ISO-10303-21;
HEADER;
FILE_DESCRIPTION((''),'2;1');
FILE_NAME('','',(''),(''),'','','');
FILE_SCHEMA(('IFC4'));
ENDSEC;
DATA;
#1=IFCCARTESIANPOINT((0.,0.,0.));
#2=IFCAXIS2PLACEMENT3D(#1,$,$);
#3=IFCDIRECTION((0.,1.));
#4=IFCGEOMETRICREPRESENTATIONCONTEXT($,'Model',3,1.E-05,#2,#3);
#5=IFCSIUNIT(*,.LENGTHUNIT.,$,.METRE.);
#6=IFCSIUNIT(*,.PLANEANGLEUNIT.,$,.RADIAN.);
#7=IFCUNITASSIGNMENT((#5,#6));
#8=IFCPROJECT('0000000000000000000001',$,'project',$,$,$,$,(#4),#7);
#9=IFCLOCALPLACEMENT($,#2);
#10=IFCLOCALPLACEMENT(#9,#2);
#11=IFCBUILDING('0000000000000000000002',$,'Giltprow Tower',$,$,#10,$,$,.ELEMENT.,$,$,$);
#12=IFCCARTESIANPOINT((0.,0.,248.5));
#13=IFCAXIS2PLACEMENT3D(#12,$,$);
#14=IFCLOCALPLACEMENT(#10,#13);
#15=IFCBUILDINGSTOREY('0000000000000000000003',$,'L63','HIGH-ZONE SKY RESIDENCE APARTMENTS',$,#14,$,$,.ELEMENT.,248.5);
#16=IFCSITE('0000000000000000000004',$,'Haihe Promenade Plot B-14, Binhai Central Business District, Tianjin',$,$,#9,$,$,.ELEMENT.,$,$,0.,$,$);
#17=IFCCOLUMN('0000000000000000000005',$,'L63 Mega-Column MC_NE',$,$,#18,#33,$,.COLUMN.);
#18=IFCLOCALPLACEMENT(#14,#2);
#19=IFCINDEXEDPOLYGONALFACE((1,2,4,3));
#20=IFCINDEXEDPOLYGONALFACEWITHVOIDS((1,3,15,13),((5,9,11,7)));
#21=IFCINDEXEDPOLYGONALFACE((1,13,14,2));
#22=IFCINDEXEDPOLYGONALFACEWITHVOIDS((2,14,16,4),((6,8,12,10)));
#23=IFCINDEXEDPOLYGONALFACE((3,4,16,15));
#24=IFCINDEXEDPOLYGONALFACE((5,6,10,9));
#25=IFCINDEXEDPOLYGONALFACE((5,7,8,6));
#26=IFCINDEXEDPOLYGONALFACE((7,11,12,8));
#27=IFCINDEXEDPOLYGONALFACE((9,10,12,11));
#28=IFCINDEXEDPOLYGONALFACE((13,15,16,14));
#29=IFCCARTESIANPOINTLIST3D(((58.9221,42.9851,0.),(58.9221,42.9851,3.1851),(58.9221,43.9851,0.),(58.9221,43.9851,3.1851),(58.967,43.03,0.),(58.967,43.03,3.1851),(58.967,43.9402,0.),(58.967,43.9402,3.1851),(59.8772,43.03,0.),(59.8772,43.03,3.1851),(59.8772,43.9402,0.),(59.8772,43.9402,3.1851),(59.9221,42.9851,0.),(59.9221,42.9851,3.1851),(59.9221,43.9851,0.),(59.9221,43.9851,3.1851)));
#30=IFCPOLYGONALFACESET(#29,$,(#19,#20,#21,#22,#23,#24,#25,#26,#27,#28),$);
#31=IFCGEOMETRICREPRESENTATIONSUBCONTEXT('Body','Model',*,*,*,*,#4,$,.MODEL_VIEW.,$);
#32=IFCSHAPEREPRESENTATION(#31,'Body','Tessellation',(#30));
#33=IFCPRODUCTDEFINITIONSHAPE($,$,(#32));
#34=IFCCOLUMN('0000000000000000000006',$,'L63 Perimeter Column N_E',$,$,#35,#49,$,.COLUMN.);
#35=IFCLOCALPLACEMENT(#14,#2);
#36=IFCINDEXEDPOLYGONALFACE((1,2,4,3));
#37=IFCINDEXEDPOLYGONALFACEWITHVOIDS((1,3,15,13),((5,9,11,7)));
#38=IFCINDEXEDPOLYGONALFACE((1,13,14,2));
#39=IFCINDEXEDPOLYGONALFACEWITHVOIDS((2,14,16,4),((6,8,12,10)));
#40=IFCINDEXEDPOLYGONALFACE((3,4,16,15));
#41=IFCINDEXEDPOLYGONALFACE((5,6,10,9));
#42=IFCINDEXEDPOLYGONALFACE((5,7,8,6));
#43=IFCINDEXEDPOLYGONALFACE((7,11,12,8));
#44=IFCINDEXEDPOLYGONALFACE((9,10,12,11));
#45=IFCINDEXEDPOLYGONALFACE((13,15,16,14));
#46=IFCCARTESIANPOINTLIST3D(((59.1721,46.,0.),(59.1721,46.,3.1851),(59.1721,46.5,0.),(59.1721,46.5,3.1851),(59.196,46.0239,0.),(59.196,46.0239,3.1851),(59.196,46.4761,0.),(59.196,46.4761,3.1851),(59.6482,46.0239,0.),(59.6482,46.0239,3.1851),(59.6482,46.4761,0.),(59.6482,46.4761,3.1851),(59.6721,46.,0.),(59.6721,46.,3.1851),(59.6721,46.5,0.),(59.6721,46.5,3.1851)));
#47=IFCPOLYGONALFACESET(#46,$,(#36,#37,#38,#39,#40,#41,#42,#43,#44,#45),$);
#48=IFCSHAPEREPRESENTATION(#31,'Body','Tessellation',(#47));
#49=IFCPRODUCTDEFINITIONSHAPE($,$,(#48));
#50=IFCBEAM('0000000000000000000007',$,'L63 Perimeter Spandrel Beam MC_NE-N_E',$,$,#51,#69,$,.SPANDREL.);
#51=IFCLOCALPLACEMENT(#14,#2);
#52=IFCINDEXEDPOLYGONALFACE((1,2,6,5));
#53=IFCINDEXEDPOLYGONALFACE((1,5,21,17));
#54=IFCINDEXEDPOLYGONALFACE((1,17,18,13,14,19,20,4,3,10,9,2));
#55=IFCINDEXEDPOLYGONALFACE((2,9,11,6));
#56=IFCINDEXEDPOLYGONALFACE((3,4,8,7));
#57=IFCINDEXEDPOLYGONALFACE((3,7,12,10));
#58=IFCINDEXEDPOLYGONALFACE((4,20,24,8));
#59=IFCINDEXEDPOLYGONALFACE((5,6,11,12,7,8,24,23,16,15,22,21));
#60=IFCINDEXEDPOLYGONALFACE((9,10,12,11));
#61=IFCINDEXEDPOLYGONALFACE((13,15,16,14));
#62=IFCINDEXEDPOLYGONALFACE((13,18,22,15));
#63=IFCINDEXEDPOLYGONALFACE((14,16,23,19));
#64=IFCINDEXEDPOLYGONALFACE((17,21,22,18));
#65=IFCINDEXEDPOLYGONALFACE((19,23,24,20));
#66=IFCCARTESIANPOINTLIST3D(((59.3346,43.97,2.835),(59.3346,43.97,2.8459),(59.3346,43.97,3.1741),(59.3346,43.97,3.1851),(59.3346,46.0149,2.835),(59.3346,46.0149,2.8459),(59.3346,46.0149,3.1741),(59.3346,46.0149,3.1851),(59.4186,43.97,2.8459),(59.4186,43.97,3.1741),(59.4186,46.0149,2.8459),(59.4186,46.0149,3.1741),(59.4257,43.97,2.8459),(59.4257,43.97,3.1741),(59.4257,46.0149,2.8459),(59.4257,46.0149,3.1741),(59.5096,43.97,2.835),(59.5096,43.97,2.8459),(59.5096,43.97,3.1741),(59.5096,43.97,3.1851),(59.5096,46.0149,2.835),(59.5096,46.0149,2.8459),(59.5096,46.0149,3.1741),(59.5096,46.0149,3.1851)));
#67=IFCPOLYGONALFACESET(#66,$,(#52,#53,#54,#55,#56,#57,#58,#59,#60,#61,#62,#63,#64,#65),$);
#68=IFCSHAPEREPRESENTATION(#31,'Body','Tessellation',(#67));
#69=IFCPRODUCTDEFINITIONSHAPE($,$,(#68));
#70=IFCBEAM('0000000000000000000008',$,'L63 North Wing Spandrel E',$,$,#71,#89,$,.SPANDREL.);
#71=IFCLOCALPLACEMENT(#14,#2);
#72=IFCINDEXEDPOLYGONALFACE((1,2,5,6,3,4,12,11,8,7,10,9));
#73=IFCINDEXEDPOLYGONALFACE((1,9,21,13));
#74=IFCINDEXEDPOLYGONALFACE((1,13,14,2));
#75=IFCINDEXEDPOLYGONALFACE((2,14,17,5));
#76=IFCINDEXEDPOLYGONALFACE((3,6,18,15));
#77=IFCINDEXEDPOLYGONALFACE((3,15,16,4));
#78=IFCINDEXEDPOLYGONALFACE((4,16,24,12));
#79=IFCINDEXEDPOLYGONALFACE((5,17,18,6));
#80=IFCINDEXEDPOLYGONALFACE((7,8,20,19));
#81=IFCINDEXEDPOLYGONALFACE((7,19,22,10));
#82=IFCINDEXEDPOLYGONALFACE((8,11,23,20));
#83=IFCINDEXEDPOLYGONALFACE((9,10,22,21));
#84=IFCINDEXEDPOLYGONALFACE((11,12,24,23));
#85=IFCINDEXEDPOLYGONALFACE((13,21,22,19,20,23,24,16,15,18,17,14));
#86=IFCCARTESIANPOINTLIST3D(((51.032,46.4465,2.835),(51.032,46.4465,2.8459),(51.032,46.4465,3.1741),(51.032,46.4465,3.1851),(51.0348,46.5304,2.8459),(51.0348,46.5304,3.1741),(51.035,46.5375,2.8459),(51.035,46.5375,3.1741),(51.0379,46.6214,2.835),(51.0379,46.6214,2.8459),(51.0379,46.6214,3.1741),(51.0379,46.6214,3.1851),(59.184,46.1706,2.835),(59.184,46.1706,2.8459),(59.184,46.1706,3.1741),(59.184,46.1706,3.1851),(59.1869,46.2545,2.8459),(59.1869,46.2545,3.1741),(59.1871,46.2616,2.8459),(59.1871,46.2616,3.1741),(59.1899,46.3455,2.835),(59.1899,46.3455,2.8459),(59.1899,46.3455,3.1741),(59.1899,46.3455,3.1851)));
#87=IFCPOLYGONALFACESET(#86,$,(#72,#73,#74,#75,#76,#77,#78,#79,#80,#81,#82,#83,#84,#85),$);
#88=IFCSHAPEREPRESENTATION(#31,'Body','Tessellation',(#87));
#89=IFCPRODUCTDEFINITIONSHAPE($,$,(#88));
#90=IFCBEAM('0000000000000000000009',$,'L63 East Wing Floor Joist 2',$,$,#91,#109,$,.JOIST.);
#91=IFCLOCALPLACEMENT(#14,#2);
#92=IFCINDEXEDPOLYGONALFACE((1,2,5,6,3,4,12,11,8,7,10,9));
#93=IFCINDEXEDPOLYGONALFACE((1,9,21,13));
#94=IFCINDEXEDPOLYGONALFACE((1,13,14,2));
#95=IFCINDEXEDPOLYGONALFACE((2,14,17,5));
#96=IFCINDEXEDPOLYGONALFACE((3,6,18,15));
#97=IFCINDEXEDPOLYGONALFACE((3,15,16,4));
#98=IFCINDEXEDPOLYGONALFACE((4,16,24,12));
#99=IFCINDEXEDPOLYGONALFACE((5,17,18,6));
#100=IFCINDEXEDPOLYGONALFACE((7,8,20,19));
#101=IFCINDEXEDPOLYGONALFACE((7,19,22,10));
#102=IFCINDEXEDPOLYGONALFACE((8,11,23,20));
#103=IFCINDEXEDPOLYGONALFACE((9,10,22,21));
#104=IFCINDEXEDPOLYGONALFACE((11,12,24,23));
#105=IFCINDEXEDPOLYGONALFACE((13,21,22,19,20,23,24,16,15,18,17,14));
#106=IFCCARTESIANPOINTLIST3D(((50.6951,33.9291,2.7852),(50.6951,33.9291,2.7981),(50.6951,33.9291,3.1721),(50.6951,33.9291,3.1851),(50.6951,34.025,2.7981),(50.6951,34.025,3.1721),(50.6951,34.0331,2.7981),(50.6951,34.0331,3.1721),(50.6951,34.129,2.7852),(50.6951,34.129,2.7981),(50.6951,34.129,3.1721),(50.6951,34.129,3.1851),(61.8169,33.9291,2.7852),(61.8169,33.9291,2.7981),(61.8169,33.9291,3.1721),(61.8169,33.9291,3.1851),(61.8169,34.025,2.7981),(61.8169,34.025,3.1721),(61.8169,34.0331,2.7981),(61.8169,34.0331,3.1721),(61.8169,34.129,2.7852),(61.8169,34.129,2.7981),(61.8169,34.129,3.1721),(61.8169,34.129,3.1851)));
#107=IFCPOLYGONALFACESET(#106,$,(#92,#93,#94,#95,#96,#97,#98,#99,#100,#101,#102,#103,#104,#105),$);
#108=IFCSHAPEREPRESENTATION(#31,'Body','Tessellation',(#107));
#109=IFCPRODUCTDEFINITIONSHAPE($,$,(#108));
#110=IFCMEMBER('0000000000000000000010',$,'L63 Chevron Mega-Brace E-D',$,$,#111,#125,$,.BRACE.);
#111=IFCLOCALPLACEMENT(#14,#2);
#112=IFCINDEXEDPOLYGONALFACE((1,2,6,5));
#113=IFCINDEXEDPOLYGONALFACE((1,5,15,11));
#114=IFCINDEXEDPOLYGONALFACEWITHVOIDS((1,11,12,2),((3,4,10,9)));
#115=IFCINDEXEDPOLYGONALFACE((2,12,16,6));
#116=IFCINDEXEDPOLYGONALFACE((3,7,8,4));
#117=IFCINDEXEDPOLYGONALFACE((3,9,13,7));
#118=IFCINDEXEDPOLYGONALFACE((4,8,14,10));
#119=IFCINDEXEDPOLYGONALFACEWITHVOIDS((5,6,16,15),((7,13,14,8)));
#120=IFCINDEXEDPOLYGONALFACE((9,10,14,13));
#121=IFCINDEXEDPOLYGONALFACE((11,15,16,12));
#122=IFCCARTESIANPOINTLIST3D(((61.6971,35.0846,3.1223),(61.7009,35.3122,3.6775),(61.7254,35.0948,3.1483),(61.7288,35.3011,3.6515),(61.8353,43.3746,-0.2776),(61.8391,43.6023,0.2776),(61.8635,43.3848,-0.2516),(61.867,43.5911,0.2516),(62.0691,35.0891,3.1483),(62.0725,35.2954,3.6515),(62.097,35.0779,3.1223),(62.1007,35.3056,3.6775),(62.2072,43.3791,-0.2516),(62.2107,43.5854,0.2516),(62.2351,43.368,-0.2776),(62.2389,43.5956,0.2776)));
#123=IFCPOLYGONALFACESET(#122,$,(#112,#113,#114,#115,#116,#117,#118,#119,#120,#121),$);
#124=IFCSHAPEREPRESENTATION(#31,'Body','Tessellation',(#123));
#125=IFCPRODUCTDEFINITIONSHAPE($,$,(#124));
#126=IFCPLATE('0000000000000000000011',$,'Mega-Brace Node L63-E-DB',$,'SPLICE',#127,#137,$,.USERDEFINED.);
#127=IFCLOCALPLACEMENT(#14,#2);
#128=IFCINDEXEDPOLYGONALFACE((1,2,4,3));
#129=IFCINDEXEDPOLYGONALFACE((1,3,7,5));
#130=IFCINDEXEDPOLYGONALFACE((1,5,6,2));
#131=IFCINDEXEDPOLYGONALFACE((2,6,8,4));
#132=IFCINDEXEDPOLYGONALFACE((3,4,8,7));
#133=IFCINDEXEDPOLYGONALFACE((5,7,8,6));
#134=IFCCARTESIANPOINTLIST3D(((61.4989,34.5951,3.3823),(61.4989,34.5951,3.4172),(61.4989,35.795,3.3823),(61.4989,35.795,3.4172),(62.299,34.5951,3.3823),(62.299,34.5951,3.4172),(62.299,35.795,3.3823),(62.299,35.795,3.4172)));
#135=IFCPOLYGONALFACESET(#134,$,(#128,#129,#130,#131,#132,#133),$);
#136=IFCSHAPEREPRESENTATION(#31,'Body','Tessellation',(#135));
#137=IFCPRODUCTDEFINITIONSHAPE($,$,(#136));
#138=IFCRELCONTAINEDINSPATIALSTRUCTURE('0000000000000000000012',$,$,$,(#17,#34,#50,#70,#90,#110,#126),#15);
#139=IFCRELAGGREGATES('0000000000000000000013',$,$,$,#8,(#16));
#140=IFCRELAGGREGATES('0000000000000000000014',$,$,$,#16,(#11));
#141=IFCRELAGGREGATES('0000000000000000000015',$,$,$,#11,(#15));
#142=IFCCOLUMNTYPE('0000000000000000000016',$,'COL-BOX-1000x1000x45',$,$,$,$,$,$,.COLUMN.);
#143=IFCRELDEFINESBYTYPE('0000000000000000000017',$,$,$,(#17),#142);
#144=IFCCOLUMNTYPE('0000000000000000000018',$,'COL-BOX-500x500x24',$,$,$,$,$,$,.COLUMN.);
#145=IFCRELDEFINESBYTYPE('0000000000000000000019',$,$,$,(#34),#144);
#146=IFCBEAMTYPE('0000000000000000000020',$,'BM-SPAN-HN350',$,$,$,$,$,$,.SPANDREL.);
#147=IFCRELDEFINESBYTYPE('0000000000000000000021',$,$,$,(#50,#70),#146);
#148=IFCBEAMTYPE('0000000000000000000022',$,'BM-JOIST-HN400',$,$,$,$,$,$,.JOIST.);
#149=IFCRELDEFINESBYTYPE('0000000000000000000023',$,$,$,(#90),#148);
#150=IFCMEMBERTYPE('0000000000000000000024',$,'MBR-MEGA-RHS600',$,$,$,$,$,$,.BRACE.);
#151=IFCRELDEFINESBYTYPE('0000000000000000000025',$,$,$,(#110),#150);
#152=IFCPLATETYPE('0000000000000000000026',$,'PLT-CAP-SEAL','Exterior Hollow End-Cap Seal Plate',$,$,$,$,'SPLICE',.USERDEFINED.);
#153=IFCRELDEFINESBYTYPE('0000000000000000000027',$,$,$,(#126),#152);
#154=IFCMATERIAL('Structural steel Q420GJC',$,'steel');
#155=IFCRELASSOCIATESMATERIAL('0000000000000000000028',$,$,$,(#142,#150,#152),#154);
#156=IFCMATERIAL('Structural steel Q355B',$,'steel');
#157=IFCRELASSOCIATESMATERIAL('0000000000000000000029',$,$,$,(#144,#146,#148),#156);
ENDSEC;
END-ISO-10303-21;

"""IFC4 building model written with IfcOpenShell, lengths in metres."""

from ifc_helpers import new_model, si_unit, direction, frame, origin, origin_2d, place, context, subcontext, project, spatial, rectangle, hollow_rectangle, i_section, extrude, source, transform, mapped, material, material_profile, profile_set, type_object, element, save


model = new_model("IFC4")

# Units and contexts
model_context = context("Model", 3, precision=1e-05, world=origin(), true_north=direction((0.0, 1.0)))
body_context = subcontext(model_context, "Body", "Model", "MODEL_VIEW")
ifc_project = project(units=[si_unit("LENGTHUNIT", "METRE"), si_unit("PLANEANGLEUNIT", "RADIAN")], contexts=[model_context])

# Site, building, storey
site_placement = place(None, origin())
site = spatial("IfcSite", under=ifc_project, at=site_placement, Name="Haihe Promenade Plot B-14, Binhai Central Business District, Tianjin", CompositionType="ELEMENT", RefElevation=0.0)
building_placement = place(site_placement, origin())
building = spatial("IfcBuilding", under=site, at=building_placement, Name="Giltprow Tower", CompositionType="ELEMENT")
storey_placement = place(building_placement, frame((0.0, 0.0, 248.5)))
storey = spatial("IfcBuildingStorey", under=building, at=storey_placement, Name="L63", Description="HIGH-ZONE SKY RESIDENCE APARTMENTS", CompositionType="ELEMENT", Elevation=248.5)

# Columns
ifc_material_1 = material(Name="Structural steel Q420GJC", Category="steel")
ifc_material_profile_1 = material_profile(ifc_material_1, hollow_rectangle(XDim=1.0, YDim=1.0, WallThickness=0.0449, at=origin_2d()), Name="BOX 1000x1000x45")
ifc_profile_set_1 = profile_set([ifc_material_profile_1], Name="Structural steel Q420GJC")
column_type_1 = type_object("IfcColumnType", Name="COL-BOX-1000x1000x45", PredefinedType="COLUMN", material=ifc_profile_set_1)
shared_shape_1 = source(origin(), body_context, "Body", "SweptSolid", [
    extrude(hollow_rectangle(XDim=1.0, YDim=1.0, WallThickness=0.0449, at=origin_2d()), origin(), (0.0, 0.0, 1.0), 3.1851),
])
column_1_placement = place(storey_placement, frame((59.4221, 43.4851, 0.0), z_axis=(0.0, 0.0, 1.0), x_axis=(1.0, 0.0, 0.0)))
element("IfcColumn", 1, at=column_1_placement, inside=storey, type_object=column_type_1, Name="L63 Mega-Column MC_NE", PredefinedType="COLUMN", context=body_context, shape_type="MappedRepresentation", body=[
    mapped(shared_shape_1, transform((0.0, 0.0, 0.0), x_axis=(1.0, 0.0, 0.0), y_axis=(0.0, 1.0, 0.0), z_axis=(0.0, 0.0, 1.0), scale=1.0)),
])
ifc_material_2 = material(Name="Structural steel Q355B", Category="steel")
ifc_material_profile_2 = material_profile(ifc_material_2, hollow_rectangle(XDim=0.5, YDim=0.5, WallThickness=0.0239, at=origin_2d()), Name="BOX 500x500x24")
ifc_profile_set_2 = profile_set([ifc_material_profile_2], Name="Structural steel Q355B")
column_type_2 = type_object("IfcColumnType", Name="COL-BOX-500x500x24", PredefinedType="COLUMN", material=ifc_profile_set_2)
shared_shape_2 = source(origin(), body_context, "Body", "SweptSolid", [
    extrude(hollow_rectangle(XDim=0.5, YDim=0.5, WallThickness=0.0239, at=origin_2d()), origin(), (0.0, 0.0, 1.0), 3.1851),
])
column_2_placement = place(storey_placement, frame((59.4221, 46.25, 0.0), z_axis=(0.0, 0.0, 1.0), x_axis=(1.0, 0.0, 0.0)))
element("IfcColumn", 2, at=column_2_placement, inside=storey, type_object=column_type_2, Name="L63 Perimeter Column N_E", PredefinedType="COLUMN", context=body_context, shape_type="MappedRepresentation", body=[
    mapped(shared_shape_2, transform((0.0, 0.0, 0.0), x_axis=(1.0, 0.0, 0.0), y_axis=(0.0, 1.0, 0.0), z_axis=(0.0, 0.0, 1.0), scale=1.0)),
])

# Beams
ifc_material_profile_3 = material_profile(ifc_material_2, i_section(OverallWidth=0.175, OverallDepth=0.3501, WebThickness=0.0071, FlangeThickness=0.011, at=origin_2d()), Name="HN 350x175x7x11")
ifc_profile_set_3 = profile_set([ifc_material_profile_3], Name="Structural steel Q355B")
beam_type_1 = type_object("IfcBeamType", Name="BM-SPAN-HN350", PredefinedType="SPANDREL", material=ifc_profile_set_3)
shared_shape_3 = source(origin(), body_context, "Body", "SweptSolid", [
    extrude(i_section(OverallWidth=0.175, OverallDepth=0.3501, WebThickness=0.0071, FlangeThickness=0.011, at=origin_2d()), origin(), (0.0, 0.0, 1.0), 2.0449),
])
beam_1_placement = place(storey_placement, frame((59.4221, 43.97, 3.01), z_axis=(0.0, 1.0, 0.0), x_axis=(-1.0, 0.0, 0.0)))
element("IfcBeam", 3, at=beam_1_placement, inside=storey, type_object=beam_type_1, Name="L63 Perimeter Spandrel Beam MC_NE-N_E", PredefinedType="SPANDREL", context=body_context, shape_type="MappedRepresentation", body=[
    mapped(shared_shape_3, transform((0.0, 0.0, 0.0), x_axis=(1.0, 0.0, 0.0), y_axis=(0.0, 1.0, 0.0), z_axis=(0.0, 0.0, 1.0), scale=1.0)),
])
shared_shape_4 = source(origin(), body_context, "Body", "SweptSolid", [
    extrude(i_section(OverallWidth=0.175, OverallDepth=0.3501, WebThickness=0.0071, FlangeThickness=0.011, at=origin_2d()), origin(), (0.0, 0.0, 1.0), 8.1567),
])
beam_2_placement = place(storey_placement, frame((51.0349, 46.5339, 3.01), z_axis=(0.999428, -0.033822, 0.0), x_axis=(0.033822, 0.999428, 0.0)))
element("IfcBeam", 4, at=beam_2_placement, inside=storey, type_object=beam_type_1, Name="L63 North Wing Spandrel E", PredefinedType="SPANDREL", context=body_context, shape_type="MappedRepresentation", body=[
    mapped(shared_shape_4, transform((0.0, 0.0, 0.0), x_axis=(1.0, 0.0, 0.0), y_axis=(0.0, 1.0, 0.0), z_axis=(0.0, 0.0, 1.0), scale=1.0)),
])
ifc_material_profile_4 = material_profile(ifc_material_2, i_section(OverallWidth=0.2, OverallDepth=0.3999, WebThickness=0.0081, FlangeThickness=0.0129, at=origin_2d()), Name="HN 400x200x8x13")
ifc_profile_set_4 = profile_set([ifc_material_profile_4], Name="Structural steel Q355B")
beam_type_2 = type_object("IfcBeamType", Name="BM-JOIST-HN400", PredefinedType="JOIST", material=ifc_profile_set_4)
shared_shape_5 = source(origin(), body_context, "Body", "SweptSolid", [
    extrude(i_section(OverallWidth=0.2, OverallDepth=0.3999, WebThickness=0.0081, FlangeThickness=0.0129, at=origin_2d()), origin(), (0.0, 0.0, 1.0), 11.1218),
])
beam_3_placement = place(storey_placement, frame((50.6951, 34.0291, 2.9851), z_axis=(1.0, 0.0, 0.0), x_axis=(0.0, 1.0, 0.0)))
element("IfcBeam", 5, at=beam_3_placement, inside=storey, type_object=beam_type_2, Name="L63 East Wing Floor Joist 2", PredefinedType="JOIST", context=body_context, shape_type="MappedRepresentation", body=[
    mapped(shared_shape_5, transform((0.0, 0.0, 0.0), x_axis=(1.0, 0.0, 0.0), y_axis=(0.0, 1.0, 0.0), z_axis=(0.0, 0.0, 1.0), scale=1.0)),
])

# Member
ifc_material_profile_5 = material_profile(ifc_material_1, hollow_rectangle(XDim=0.3999, YDim=0.6001, WallThickness=0.0281, at=origin_2d()), Name="RHS 600x400x28")
ifc_profile_set_5 = profile_set([ifc_material_profile_5], Name="Structural steel Q420GJC")
member_type = type_object("IfcMemberType", Name="MBR-MEGA-RHS600", PredefinedType="BRACE", material=ifc_profile_set_5)
shared_shape_6 = source(origin(), body_context, "Body", "SweptSolid", [
    extrude(hollow_rectangle(XDim=0.3999, YDim=0.6001, WallThickness=0.0281, at=origin_2d()), origin(), (0.0, 0.0, 1.0), 8.9612),
])
member_placement = place(storey_placement, frame((62.0371, 43.4851, 0.0), z_axis=(-0.01542, -0.925103, 0.379402), x_axis=(0.999861, -0.016666, 0.0)))
element("IfcMember", 6, at=member_placement, inside=storey, type_object=member_type, Name="L63 Chevron Mega-Brace E-D", PredefinedType="BRACE", context=body_context, shape_type="MappedRepresentation", body=[
    mapped(shared_shape_6, transform((0.0, 0.0, 0.0), x_axis=(1.0, 0.0, 0.0), y_axis=(0.0, 1.0, 0.0), z_axis=(0.0, 0.0, 1.0), scale=1.0)),
])

# Plate
plate_type = type_object("IfcPlateType", Name="PLT-CAP-SEAL", Description="Exterior Hollow End-Cap Seal Plate", ElementType="SPLICE", PredefinedType="USERDEFINED", material=ifc_material_1)
shared_shape_7 = source(origin(), body_context, "Body", "SweptSolid", [
    extrude(rectangle(XDim=1.2, YDim=0.8, at=origin_2d()), origin(), (0.0, 0.0, 1.0), 0.0349),
])
plate_placement = place(storey_placement, frame((61.8989, 35.1951, 3.3823), z_axis=(0.0, 0.0, 1.0), x_axis=(0.0, 1.0, 0.0)))
element("IfcPlate", 7, at=plate_placement, inside=storey, type_object=plate_type, Name="Mega-Brace Node L63-E-DB", ObjectType="SPLICE", PredefinedType="USERDEFINED", context=body_context, shape_type="MappedRepresentation", body=[
    mapped(shared_shape_7, transform((0.0, 0.0, 0.0), x_axis=(1.0, 0.0, 0.0), y_axis=(0.0, 1.0, 0.0), z_axis=(0.0, 0.0, 1.0), scale=1.0)),
])

save(model, "model.ifc")
